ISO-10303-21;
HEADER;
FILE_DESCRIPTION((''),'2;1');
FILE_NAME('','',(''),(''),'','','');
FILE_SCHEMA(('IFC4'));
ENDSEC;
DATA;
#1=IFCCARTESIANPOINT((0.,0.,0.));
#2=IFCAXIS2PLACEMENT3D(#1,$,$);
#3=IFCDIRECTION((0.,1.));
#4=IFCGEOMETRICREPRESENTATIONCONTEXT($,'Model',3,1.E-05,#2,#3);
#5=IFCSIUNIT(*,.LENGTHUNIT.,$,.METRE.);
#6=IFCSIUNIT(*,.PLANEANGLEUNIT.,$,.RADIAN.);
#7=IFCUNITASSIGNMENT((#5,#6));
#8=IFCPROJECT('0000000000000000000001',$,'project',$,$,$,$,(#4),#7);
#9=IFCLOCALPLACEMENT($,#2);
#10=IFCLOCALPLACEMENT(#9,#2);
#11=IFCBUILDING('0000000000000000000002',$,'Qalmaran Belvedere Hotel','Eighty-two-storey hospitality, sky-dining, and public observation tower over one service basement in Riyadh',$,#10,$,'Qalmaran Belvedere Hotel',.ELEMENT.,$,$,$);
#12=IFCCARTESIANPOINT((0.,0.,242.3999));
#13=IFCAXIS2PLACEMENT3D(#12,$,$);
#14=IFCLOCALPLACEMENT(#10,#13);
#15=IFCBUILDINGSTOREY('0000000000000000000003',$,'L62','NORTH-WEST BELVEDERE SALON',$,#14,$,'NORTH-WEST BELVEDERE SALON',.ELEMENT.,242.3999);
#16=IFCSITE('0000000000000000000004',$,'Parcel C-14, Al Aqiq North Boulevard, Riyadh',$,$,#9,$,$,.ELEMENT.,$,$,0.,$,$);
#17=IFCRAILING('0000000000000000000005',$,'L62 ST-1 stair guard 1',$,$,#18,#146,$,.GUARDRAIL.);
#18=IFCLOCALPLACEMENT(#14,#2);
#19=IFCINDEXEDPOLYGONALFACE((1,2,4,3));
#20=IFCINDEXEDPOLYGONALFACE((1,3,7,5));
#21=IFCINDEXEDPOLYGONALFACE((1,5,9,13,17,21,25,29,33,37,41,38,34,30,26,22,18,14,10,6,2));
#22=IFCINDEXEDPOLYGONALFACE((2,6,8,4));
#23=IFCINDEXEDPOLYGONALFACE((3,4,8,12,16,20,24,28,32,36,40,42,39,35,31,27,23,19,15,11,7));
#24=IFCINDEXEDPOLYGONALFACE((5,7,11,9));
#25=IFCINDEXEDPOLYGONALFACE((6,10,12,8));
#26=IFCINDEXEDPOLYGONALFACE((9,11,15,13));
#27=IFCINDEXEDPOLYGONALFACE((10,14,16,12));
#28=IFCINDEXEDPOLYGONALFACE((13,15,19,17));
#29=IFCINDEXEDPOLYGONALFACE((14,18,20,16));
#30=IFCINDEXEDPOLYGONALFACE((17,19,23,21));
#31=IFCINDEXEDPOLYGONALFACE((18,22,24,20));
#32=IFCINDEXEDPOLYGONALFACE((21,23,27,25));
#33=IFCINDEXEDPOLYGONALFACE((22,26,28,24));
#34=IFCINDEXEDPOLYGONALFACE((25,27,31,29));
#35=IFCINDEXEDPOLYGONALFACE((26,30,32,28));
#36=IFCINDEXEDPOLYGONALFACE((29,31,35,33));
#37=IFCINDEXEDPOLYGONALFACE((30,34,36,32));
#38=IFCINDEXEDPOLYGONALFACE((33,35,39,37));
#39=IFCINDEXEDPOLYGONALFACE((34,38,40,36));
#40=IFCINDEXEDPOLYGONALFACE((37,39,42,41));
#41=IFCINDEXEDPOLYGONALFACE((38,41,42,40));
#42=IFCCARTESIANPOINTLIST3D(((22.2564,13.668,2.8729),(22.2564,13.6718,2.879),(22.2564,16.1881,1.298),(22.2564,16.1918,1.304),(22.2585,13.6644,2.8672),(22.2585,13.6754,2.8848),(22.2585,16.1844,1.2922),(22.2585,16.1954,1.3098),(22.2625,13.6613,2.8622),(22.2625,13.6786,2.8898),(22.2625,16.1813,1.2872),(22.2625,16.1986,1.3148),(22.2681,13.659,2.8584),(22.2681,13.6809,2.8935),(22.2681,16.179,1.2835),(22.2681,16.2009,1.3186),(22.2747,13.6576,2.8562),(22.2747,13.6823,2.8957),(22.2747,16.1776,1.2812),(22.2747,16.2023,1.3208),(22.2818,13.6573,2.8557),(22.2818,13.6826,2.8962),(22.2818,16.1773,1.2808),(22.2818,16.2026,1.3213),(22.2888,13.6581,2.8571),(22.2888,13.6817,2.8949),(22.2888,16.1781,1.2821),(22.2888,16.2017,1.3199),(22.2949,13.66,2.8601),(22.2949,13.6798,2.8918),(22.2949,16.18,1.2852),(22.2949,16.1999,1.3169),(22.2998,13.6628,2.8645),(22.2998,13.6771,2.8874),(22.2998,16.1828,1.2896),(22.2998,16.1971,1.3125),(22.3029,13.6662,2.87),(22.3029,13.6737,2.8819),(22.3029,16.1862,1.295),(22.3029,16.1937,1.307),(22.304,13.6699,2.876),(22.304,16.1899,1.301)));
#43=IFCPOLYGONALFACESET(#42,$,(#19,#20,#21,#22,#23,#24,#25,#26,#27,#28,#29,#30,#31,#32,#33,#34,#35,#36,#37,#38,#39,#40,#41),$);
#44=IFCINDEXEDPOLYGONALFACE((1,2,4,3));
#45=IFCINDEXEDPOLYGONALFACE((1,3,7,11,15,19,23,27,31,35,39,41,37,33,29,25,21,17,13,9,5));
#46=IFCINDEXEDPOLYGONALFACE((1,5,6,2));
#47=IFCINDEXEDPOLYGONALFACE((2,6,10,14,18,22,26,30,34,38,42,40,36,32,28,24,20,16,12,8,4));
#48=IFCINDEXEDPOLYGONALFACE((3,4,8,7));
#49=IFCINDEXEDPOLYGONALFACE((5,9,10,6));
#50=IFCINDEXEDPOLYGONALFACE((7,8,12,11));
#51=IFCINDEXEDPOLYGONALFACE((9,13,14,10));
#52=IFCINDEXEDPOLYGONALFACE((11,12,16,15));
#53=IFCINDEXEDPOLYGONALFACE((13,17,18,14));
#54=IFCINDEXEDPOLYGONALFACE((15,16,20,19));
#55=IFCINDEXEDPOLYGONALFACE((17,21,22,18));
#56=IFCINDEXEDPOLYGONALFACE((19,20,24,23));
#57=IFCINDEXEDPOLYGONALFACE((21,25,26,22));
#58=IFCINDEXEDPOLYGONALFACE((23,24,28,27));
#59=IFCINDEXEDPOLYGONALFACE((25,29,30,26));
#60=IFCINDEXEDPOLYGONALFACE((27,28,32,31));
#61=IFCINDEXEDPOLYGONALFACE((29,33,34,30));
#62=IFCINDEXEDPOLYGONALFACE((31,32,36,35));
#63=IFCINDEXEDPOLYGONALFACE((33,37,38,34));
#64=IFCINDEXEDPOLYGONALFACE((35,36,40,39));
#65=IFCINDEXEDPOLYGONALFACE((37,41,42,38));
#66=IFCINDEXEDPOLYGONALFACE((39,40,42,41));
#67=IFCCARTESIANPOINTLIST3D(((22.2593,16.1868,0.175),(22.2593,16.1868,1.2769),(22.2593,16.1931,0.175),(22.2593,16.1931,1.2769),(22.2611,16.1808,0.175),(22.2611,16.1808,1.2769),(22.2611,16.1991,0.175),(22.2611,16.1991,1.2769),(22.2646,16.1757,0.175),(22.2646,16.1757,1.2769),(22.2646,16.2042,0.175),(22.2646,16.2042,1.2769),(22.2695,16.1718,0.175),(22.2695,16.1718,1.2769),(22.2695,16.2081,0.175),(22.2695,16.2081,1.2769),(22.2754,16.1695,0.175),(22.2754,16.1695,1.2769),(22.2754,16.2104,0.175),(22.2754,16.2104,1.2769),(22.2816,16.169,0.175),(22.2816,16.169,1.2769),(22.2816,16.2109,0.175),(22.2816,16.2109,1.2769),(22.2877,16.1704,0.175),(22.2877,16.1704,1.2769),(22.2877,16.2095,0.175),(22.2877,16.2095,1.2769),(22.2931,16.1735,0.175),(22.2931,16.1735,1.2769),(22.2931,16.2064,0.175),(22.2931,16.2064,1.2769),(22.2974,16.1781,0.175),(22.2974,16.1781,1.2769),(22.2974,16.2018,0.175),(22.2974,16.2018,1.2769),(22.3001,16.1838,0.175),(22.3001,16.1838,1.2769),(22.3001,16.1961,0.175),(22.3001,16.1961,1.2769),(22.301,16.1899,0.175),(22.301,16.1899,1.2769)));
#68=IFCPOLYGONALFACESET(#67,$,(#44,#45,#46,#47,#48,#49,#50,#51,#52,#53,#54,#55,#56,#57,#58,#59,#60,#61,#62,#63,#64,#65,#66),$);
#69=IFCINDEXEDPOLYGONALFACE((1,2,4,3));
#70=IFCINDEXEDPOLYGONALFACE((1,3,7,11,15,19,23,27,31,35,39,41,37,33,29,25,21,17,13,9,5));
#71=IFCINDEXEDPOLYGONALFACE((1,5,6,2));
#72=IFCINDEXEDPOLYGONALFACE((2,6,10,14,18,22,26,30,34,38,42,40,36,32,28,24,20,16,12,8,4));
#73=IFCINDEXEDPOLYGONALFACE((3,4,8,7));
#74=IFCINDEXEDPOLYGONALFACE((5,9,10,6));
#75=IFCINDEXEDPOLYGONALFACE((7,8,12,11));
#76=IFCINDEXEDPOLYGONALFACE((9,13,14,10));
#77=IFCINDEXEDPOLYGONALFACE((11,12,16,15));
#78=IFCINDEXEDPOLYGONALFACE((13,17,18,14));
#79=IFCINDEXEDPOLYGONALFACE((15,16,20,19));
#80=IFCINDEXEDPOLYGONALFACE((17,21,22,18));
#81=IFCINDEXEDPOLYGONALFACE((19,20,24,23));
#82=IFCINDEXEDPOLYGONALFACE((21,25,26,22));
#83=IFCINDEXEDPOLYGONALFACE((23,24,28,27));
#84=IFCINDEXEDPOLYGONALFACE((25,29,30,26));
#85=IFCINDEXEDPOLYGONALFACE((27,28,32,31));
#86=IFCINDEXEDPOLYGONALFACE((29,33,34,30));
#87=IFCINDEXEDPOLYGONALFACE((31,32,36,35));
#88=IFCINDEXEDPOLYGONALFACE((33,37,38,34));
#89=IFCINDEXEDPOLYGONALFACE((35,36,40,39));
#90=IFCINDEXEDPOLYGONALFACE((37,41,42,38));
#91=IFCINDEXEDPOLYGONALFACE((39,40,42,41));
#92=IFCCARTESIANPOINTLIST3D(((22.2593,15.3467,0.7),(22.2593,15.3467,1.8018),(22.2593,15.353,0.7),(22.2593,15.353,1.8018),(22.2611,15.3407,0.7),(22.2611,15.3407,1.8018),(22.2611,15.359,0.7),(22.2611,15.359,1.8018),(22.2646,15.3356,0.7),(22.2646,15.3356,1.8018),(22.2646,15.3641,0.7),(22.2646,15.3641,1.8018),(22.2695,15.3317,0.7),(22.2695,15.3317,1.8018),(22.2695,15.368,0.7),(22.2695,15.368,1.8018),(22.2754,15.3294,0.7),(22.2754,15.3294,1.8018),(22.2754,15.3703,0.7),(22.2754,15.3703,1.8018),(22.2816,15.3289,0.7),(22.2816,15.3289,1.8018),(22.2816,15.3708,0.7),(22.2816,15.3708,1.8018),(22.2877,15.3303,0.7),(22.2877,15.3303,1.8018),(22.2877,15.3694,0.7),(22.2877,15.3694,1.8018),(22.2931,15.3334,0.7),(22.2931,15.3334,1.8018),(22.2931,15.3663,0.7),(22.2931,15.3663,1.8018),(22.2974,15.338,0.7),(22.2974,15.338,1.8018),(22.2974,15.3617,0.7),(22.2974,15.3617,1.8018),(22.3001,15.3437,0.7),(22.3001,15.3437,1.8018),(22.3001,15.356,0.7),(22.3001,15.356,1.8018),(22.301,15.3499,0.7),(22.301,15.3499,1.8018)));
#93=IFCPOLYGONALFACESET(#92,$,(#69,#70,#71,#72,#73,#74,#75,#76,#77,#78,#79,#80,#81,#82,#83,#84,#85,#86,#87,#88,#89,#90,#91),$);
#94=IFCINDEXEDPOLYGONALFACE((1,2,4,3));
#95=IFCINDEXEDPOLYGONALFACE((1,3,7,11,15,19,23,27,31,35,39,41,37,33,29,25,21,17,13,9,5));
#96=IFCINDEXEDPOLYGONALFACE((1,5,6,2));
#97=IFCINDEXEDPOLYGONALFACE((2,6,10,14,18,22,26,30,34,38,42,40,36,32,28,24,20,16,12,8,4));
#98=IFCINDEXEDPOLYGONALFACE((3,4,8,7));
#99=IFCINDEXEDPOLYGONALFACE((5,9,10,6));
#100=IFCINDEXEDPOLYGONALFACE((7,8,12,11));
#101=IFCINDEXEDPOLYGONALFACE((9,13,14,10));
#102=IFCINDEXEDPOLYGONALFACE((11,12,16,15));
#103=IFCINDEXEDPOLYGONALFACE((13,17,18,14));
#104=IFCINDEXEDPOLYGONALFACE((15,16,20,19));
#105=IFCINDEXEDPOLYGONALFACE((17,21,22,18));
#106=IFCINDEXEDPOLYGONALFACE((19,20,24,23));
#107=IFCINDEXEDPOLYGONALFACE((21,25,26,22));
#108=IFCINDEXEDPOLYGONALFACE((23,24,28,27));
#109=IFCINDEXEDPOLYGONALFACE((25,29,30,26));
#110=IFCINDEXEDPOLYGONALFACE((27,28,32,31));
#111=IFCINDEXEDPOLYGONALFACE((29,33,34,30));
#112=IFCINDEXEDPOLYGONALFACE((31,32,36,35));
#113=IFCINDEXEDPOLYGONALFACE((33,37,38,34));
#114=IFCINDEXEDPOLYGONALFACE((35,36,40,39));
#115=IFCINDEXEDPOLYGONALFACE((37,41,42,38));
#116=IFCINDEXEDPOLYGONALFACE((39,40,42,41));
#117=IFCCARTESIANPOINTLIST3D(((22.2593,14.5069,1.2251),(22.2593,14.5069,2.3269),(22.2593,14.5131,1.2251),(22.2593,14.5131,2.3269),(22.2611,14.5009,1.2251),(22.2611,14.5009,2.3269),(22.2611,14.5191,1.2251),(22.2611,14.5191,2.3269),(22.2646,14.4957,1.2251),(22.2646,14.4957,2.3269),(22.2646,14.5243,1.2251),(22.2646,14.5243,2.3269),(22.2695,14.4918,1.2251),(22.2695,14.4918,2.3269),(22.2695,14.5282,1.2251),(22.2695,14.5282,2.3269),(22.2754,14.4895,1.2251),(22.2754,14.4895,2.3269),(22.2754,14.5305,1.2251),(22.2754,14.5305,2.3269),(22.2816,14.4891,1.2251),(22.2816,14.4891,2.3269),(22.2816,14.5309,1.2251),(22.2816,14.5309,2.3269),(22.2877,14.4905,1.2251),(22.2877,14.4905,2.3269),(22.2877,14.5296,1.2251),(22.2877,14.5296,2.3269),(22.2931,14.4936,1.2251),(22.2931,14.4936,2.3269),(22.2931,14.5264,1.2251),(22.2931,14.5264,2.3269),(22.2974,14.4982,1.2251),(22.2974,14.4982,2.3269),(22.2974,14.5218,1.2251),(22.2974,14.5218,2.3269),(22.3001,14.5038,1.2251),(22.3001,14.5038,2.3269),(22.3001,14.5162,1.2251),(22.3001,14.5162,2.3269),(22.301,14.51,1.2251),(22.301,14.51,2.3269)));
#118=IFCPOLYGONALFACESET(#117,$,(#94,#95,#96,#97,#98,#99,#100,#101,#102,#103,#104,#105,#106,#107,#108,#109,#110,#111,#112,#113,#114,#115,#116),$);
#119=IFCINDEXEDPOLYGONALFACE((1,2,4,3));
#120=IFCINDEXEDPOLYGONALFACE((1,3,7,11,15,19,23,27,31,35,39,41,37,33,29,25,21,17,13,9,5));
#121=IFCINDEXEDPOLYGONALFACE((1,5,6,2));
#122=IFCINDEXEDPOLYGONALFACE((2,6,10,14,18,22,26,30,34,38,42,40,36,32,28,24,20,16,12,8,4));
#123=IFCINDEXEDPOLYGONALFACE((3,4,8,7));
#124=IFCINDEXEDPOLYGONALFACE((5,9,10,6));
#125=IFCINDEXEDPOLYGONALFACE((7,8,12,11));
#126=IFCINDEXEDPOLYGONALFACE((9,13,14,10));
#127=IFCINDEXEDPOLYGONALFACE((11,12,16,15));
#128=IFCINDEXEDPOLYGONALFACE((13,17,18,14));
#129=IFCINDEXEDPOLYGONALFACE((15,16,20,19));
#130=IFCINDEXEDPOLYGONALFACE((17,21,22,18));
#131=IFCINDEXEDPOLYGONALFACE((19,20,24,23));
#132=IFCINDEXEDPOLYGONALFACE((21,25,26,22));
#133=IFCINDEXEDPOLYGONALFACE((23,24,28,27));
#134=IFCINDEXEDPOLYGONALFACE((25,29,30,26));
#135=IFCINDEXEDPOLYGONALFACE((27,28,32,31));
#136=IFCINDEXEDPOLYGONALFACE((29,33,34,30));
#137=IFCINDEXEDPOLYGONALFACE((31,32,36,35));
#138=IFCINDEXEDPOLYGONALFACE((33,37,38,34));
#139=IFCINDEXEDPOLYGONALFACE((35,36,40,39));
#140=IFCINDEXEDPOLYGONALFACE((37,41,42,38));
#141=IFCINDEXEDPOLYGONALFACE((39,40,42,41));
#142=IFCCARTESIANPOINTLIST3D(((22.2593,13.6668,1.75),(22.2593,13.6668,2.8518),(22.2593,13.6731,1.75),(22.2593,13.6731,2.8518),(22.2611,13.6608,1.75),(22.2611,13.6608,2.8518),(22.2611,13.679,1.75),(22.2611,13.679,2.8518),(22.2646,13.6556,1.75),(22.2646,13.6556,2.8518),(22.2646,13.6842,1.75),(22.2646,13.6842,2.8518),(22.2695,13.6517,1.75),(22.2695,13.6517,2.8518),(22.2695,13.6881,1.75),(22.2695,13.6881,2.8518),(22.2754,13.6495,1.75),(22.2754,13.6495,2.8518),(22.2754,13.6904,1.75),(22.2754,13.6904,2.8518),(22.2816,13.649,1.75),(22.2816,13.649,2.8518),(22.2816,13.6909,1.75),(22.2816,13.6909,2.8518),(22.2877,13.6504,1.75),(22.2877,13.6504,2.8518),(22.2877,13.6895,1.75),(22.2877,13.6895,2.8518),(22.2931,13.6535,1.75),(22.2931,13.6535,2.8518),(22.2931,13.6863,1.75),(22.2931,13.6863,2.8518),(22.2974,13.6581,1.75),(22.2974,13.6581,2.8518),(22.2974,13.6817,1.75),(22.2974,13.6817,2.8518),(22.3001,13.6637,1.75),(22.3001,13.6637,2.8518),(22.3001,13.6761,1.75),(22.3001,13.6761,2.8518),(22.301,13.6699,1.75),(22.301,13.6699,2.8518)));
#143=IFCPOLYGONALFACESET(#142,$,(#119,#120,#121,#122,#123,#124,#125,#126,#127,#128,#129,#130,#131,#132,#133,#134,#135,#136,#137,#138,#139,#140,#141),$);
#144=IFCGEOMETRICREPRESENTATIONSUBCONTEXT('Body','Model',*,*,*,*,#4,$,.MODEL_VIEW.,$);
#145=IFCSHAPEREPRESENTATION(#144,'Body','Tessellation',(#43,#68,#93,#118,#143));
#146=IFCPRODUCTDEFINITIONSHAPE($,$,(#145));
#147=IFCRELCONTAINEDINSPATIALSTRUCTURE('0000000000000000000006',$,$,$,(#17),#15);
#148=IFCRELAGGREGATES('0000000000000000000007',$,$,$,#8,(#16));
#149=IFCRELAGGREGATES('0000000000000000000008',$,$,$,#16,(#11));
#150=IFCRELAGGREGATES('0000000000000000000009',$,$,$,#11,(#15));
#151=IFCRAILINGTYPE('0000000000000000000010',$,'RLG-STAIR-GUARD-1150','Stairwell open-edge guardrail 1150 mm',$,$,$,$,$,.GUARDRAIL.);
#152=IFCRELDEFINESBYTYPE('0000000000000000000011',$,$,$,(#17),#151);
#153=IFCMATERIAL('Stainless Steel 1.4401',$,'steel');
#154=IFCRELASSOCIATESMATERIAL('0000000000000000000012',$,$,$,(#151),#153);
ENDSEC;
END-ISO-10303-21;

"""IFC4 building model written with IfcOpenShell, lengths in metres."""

from ifc_helpers import new_model, si_unit, direction, frame, origin, origin_2d, place, context, subcontext, project, spatial, circle, extrude, material, type_object, element, save


model = new_model("IFC4")

# Units and contexts
model_context = context("Model", 3, precision=1e-05, world=origin(), true_north=direction((0.0, 1.0)))
body_context = subcontext(model_context, "Body", "Model", "MODEL_VIEW")
ifc_project = project(units=[si_unit("LENGTHUNIT", "METRE"), si_unit("PLANEANGLEUNIT", "RADIAN")], contexts=[model_context])

# Site, building, storey
site_placement = place(None, origin())
site = spatial("IfcSite", under=ifc_project, at=site_placement, Name="Parcel C-14, Al Aqiq North Boulevard, Riyadh", CompositionType="ELEMENT", RefElevation=0.0)
building_placement = place(site_placement, origin())
building = spatial("IfcBuilding", under=site, at=building_placement, Name="Qalmaran Belvedere Hotel", Description="Eighty-two-storey hospitality, sky-dining, and public observation tower over one service basement in Riyadh", LongName="Qalmaran Belvedere Hotel", CompositionType="ELEMENT")
storey_placement = place(building_placement, frame((0.0, 0.0, 242.3999)))
storey = spatial("IfcBuildingStorey", under=building, at=storey_placement, Name="L62", Description="NORTH-WEST BELVEDERE SALON", LongName="NORTH-WEST BELVEDERE SALON", CompositionType="ELEMENT", Elevation=242.3999)

# Railing
ifc_material_1 = material(Name="Stainless Steel 1.4401", Category="steel")
railing_type_1 = type_object("IfcRailingType", Name="RLG-STAIR-GUARD-1150", Description="Stairwell open-edge guardrail 1150 mm", PredefinedType="GUARDRAIL", material=ifc_material_1)
railing_1_placement = place(storey_placement, frame((22.28, 16.1899, 0.175)))
element("IfcRailing", 1, at=railing_1_placement, inside=storey, type_object=railing_type_1, Name="L62 ST-1 stair guard 1", PredefinedType="GUARDRAIL", context=body_context, shape_type="SweptSolid", body=[
    extrude(circle(Radius=0.0239, at=origin_2d()), frame((0.0, 0.0, 1.126), z_axis=(0.0, -0.848008, 0.529984), x_axis=(1.0, 0.0, 0.0)), (0.0, 0.0, 1.0), 2.9717),
    extrude(circle(Radius=0.021, at=origin_2d()), origin(), (0.0, 0.0, 1.0), 1.1018),
    extrude(circle(Radius=0.021, at=origin_2d()), frame((0.0, -0.8401, 0.5249)), (0.0, 0.0, 1.0), 1.1018),
    extrude(circle(Radius=0.021, at=origin_2d()), frame((0.0, -1.6799, 1.05)), (0.0, 0.0, 1.0), 1.1018),
    extrude(circle(Radius=0.021, at=origin_2d()), frame((0.0, -2.52, 1.575)), (0.0, 0.0, 1.0), 1.1018),
])

save(model, "model.ifc")
